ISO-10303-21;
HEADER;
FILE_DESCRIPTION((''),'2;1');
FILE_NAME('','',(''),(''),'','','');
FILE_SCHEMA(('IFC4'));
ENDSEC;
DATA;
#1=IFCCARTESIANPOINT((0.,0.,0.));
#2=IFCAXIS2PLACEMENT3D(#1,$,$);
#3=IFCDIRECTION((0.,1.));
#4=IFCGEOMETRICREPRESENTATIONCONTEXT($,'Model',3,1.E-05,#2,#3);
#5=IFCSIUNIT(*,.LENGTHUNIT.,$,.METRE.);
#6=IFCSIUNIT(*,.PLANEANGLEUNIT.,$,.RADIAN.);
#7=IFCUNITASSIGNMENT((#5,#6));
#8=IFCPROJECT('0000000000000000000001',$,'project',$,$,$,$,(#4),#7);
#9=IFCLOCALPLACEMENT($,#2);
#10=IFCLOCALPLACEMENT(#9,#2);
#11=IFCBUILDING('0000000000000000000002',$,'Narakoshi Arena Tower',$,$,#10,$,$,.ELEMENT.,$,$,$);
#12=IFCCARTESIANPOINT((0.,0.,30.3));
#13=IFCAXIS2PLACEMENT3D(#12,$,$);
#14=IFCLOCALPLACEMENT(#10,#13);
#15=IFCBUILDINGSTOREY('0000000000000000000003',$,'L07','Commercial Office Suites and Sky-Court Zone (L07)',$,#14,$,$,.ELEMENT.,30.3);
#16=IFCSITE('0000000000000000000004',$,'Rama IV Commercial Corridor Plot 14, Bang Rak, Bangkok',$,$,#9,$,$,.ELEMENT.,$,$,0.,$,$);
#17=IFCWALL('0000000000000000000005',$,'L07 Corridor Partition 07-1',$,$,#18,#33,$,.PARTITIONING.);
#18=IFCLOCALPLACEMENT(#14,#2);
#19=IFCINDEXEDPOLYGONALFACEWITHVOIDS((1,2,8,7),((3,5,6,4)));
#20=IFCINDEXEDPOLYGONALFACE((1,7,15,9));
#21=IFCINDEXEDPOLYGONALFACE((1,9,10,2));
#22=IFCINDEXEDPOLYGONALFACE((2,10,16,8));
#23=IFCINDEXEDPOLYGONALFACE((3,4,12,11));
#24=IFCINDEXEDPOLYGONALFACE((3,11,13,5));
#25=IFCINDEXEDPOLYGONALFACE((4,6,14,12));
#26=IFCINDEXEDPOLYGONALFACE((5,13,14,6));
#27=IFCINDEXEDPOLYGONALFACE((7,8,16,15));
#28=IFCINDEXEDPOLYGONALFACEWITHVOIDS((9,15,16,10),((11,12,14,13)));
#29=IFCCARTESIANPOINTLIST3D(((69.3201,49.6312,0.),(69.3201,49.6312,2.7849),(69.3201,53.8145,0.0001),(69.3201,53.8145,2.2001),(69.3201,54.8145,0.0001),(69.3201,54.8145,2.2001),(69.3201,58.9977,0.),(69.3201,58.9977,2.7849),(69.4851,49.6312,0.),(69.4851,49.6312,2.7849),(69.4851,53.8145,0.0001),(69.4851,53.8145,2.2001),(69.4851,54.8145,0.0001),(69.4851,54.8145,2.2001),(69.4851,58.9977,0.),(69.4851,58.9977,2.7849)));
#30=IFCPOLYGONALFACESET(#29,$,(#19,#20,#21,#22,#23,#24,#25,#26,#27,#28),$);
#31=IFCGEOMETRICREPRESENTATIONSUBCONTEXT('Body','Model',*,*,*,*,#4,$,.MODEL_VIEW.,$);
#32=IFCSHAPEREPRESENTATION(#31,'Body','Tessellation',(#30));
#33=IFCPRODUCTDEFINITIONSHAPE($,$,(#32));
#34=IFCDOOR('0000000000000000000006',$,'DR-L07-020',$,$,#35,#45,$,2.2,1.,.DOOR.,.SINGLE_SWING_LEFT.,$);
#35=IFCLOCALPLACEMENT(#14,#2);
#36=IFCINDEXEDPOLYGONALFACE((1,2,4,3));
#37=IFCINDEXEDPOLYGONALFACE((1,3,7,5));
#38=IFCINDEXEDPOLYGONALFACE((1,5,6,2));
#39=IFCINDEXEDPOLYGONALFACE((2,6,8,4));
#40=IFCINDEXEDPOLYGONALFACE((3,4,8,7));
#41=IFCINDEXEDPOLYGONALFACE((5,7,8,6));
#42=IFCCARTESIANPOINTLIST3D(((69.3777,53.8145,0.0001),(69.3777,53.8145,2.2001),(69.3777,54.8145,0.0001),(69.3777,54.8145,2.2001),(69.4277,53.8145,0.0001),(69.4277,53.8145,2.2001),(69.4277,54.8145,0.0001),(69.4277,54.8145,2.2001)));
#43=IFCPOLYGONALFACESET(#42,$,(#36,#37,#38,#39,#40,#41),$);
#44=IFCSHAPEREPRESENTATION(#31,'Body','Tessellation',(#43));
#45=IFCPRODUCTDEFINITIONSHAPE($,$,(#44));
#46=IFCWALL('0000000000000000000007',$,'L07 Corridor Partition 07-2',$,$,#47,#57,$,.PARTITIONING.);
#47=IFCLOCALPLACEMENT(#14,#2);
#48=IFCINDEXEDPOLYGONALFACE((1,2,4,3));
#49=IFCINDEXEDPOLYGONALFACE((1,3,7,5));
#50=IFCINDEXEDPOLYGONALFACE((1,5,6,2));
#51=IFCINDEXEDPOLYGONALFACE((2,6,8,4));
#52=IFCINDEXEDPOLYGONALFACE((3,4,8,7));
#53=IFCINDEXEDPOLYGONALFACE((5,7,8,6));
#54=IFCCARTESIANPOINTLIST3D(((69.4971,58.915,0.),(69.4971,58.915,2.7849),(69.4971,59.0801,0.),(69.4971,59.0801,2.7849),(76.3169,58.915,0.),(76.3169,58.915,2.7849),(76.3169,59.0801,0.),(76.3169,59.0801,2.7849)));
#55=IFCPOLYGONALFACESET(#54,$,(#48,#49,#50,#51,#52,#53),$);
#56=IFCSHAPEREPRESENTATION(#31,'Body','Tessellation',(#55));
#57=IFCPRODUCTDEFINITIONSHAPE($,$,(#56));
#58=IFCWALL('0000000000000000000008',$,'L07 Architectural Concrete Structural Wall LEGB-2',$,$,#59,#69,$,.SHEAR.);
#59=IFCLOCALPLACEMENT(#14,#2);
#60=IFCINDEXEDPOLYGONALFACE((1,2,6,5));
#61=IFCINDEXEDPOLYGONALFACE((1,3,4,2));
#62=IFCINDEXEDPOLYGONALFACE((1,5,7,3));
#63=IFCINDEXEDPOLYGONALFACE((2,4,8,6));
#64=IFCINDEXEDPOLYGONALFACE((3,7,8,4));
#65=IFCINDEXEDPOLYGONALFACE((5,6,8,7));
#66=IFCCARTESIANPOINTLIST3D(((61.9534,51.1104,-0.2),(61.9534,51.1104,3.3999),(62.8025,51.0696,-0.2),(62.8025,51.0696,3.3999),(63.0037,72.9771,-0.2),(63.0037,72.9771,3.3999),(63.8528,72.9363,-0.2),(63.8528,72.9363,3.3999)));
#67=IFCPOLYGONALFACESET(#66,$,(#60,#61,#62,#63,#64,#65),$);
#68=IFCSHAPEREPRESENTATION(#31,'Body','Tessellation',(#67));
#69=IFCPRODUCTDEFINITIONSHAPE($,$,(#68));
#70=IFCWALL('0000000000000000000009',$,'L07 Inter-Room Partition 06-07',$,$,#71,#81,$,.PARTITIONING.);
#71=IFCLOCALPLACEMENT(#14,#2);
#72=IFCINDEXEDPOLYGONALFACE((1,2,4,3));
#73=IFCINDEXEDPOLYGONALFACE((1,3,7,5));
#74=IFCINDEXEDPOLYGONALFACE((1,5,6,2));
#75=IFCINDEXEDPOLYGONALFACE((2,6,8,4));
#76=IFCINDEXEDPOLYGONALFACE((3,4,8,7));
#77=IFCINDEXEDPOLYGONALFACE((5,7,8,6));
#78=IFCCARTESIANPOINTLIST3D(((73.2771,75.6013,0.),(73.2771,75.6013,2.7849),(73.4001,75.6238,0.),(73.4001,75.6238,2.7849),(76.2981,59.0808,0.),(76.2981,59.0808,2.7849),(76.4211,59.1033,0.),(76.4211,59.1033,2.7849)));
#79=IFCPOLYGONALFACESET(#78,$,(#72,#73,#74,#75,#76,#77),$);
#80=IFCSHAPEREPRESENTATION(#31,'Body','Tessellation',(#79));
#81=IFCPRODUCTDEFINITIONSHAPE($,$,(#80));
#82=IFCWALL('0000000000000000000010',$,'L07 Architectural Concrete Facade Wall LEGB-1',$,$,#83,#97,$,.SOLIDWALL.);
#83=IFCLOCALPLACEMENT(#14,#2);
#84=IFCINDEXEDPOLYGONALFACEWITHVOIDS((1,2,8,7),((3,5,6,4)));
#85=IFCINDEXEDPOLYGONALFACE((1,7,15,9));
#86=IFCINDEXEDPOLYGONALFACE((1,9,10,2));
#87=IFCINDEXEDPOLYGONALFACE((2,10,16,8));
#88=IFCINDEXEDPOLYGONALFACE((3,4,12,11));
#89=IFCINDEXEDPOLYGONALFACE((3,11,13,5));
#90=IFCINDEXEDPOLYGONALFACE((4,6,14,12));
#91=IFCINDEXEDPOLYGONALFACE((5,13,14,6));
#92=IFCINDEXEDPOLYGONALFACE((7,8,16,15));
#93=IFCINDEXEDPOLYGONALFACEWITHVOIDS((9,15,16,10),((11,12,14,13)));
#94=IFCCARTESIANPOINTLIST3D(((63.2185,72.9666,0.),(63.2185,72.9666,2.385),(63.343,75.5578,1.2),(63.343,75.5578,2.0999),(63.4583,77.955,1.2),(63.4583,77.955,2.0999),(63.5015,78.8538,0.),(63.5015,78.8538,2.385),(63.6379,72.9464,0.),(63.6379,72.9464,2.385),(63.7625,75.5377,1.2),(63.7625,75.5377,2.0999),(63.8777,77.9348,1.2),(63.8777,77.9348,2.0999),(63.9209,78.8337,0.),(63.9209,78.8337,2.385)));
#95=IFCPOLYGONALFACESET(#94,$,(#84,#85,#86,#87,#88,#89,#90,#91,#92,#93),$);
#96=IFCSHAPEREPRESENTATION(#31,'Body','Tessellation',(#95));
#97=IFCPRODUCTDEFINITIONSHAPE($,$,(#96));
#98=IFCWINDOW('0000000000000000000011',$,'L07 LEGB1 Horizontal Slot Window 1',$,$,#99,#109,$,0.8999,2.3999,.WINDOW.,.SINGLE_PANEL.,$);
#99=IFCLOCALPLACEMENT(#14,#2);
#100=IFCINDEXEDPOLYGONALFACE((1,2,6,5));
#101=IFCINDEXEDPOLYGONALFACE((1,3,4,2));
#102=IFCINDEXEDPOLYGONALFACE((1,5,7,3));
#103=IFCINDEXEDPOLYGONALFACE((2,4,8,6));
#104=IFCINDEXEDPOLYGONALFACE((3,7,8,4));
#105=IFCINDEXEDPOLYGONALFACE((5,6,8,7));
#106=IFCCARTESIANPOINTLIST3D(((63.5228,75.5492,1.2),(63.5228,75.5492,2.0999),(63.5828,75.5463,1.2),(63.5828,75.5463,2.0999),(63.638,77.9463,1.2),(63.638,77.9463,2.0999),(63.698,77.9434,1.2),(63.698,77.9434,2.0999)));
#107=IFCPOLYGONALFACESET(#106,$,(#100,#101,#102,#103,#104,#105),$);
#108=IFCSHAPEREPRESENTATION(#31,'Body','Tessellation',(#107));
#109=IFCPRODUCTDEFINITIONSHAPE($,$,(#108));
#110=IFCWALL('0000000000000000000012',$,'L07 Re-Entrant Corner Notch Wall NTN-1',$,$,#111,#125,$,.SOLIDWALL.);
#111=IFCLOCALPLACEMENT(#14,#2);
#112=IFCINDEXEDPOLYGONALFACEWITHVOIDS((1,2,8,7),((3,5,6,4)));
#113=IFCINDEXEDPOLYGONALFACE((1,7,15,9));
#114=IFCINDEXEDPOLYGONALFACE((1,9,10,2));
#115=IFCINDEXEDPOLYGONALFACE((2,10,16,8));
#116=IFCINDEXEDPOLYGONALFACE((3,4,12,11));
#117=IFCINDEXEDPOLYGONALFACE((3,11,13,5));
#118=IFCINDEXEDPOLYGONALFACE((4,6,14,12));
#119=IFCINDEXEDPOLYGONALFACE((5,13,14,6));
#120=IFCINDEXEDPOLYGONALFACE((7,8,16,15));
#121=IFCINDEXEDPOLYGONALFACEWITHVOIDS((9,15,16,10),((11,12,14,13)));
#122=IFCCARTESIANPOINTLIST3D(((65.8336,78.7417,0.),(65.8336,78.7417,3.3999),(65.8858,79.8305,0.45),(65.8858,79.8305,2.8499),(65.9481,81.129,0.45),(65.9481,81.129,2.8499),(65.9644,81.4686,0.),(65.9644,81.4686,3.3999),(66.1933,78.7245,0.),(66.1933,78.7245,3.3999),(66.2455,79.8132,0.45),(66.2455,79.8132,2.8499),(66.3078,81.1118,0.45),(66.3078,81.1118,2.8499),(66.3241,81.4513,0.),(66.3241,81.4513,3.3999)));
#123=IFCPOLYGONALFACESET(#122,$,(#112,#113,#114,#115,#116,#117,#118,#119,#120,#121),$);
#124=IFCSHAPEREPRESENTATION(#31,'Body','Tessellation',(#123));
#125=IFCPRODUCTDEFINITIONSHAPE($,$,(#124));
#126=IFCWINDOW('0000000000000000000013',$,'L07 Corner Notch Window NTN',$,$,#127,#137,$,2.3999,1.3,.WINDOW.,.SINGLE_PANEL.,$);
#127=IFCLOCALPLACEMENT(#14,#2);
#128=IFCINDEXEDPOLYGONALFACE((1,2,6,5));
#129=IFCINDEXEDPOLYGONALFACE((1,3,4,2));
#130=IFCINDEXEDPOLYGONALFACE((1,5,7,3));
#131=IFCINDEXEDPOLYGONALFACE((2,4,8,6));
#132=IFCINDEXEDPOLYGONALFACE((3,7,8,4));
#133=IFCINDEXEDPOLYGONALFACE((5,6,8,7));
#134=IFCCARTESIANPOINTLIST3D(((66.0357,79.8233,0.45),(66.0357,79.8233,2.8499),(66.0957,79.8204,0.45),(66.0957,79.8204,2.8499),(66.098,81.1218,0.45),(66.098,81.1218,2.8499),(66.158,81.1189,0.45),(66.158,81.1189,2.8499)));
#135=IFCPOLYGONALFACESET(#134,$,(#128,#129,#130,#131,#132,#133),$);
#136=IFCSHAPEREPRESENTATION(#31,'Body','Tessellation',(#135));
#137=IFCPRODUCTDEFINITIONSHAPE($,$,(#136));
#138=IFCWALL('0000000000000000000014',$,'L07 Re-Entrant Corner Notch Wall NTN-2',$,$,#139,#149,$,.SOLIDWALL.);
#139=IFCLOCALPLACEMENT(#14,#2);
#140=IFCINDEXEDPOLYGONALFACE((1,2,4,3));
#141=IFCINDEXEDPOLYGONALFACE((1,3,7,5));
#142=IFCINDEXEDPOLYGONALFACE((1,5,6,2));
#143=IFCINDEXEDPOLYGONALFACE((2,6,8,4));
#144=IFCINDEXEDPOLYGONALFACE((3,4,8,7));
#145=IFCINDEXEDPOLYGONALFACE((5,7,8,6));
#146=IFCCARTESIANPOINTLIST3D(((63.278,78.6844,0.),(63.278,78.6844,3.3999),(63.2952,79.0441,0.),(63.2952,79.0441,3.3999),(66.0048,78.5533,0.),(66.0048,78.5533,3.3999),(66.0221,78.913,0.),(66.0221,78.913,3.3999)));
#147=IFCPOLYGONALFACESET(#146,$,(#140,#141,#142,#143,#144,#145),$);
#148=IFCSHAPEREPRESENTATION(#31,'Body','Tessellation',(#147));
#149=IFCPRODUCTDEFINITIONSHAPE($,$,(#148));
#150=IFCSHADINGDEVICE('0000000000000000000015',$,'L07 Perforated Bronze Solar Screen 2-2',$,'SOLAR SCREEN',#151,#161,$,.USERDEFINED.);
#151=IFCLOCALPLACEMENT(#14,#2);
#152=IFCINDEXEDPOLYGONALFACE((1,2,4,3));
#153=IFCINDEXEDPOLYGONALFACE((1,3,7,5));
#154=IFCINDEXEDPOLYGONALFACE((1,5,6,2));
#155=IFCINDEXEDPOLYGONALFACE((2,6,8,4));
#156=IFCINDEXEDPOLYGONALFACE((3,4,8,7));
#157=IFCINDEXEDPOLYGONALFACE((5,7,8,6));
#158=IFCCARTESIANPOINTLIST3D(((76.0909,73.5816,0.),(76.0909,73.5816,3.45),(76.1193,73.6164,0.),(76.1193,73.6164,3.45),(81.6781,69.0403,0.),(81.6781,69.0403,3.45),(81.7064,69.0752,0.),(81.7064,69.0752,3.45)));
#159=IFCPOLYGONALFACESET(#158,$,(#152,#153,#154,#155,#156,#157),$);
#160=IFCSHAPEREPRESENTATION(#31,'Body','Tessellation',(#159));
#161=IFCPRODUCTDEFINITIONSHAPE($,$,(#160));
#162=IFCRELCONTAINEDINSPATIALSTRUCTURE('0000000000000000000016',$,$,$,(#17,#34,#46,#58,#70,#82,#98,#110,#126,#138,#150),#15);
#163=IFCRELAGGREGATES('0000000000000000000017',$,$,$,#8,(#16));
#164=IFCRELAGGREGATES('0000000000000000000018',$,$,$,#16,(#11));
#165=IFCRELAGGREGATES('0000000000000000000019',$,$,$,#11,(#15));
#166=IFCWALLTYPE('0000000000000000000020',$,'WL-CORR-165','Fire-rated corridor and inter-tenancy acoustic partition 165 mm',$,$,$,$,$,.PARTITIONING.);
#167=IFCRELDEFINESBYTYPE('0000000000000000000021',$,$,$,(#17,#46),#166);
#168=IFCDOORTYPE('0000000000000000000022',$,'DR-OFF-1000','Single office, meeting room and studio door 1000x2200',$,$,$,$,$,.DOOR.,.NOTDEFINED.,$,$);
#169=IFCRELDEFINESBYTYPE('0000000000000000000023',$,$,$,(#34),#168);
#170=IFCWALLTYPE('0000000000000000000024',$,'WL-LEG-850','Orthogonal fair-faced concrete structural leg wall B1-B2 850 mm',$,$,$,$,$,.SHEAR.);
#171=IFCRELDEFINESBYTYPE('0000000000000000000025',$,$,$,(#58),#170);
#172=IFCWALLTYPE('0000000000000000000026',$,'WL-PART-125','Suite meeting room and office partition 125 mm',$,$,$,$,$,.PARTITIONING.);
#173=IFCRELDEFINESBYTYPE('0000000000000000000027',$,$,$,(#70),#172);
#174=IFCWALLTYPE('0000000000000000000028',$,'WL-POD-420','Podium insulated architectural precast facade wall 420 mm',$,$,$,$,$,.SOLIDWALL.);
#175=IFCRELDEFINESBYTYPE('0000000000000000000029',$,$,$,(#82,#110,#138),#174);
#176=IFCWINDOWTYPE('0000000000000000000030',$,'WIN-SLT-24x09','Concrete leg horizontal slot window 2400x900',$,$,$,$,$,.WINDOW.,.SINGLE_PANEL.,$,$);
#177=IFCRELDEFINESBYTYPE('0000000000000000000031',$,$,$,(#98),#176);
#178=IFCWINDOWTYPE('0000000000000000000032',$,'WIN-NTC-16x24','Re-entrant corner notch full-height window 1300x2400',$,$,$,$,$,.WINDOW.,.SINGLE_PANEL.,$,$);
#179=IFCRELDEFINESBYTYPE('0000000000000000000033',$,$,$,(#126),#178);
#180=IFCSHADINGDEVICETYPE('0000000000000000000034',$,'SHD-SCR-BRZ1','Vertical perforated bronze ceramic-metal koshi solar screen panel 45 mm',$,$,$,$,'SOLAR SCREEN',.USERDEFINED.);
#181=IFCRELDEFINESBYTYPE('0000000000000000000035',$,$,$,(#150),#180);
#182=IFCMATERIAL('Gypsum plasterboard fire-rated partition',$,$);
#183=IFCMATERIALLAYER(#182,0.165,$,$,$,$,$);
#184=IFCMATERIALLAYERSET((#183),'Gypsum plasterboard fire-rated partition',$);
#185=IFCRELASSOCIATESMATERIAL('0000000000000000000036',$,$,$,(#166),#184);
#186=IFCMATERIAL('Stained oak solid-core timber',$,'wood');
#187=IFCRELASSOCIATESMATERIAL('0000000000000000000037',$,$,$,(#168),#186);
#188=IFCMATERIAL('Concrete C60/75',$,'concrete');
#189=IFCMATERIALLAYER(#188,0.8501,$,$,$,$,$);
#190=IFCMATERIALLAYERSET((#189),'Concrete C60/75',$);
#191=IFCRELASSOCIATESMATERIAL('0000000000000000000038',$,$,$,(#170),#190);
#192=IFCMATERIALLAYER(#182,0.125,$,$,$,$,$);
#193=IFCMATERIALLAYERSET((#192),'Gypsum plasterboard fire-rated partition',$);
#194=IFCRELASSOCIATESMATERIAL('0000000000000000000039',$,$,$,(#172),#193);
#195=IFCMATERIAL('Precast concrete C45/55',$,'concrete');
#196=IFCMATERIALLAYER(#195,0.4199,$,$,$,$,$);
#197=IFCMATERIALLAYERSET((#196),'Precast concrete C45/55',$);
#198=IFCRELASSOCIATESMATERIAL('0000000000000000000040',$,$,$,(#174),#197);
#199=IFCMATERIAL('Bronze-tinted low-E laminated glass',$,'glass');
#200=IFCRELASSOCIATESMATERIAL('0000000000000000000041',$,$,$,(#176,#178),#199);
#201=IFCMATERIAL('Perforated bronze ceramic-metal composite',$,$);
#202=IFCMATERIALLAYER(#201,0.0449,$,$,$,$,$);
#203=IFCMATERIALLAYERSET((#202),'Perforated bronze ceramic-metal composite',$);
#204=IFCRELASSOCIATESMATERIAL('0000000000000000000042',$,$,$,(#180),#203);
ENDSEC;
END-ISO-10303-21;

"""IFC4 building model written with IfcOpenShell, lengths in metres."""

from ifc_helpers import new_model, si_unit, direction, frame, frame_2d, origin, origin_2d, place, context, subcontext, project, spatial, rectangle, extrude, material, layer, layer_set, type_object, element, fill, save


model = new_model("IFC4")

# Units and contexts
model_context = context("Model", 3, precision=1e-05, world=origin(), true_north=direction((0.0, 1.0)))
body_context = subcontext(model_context, "Body", "Model", "MODEL_VIEW")
ifc_project = project(units=[si_unit("LENGTHUNIT", "METRE"), si_unit("PLANEANGLEUNIT", "RADIAN")], contexts=[model_context])

# Site, building, storey
site_placement = place(None, origin())
site = spatial("IfcSite", under=ifc_project, at=site_placement, Name="Rama IV Commercial Corridor Plot 14, Bang Rak, Bangkok", CompositionType="ELEMENT", RefElevation=0.0)
building_placement = place(site_placement, origin())
building = spatial("IfcBuilding", under=site, at=building_placement, Name="Narakoshi Arena Tower", CompositionType="ELEMENT")
storey_placement = place(building_placement, frame((0.0, 0.0, 30.3)))
storey = spatial("IfcBuildingStorey", under=building, at=storey_placement, Name="L07", Description="Commercial Office Suites and Sky-Court Zone (L07)", CompositionType="ELEMENT", Elevation=30.3)

# Shared definitions
ifc_material_1 = material(Name="Concrete C60/75", Category="concrete")

# Shared definitions
ifc_material_2 = material(Name="Bronze-tinted low-E laminated glass", Category="glass")

# Wall, opening, door
ifc_material_3 = material(Name="Gypsum plasterboard fire-rated partition")
ifc_layer_1 = layer(ifc_material_3, 0.165)
ifc_layer_set_1 = layer_set([ifc_layer_1], Name="Gypsum plasterboard fire-rated partition")
wall_type_1 = type_object("IfcWallType", Name="WL-CORR-165", Description="Fire-rated corridor and inter-tenancy acoustic partition 165 mm", PredefinedType="PARTITIONING", material=ifc_layer_set_1)
wall_1_placement = place(storey_placement, frame((69.4026, 58.9976, 0.0), z_axis=(0.0, 0.0, 1.0), x_axis=(0.0, -1.0, 0.0)))
wall_1 = element("IfcWall", 1, at=wall_1_placement, inside=storey, type_object=wall_type_1, Name="L07 Corridor Partition 07-1", PredefinedType="PARTITIONING", context=body_context, shape_type="SweptSolid", body=[
    extrude(rectangle(XDim=9.3665, YDim=0.165, at=frame_2d((4.6831, 0.0))), origin(), (0.0, 0.0, 1.0), 2.7849),
])
opening_1_placement = place(wall_1_placement, frame((4.1831, 0.0, 0.0)))
opening_1 = element("IfcOpeningElement", 2, at=opening_1_placement, cuts=wall_1, PredefinedType="OPENING", context=body_context, shape_type="SweptSolid", body=[
    extrude(rectangle(XDim=1.0, YDim=2.2, at=frame_2d((0.5, 1.1001))), frame((0.0, 0.0925, 0.0), z_axis=(0.0, -1.0, 0.0), x_axis=(1.0, 0.0, 0.0)), (0.0, 0.0, 1.0), 0.1851),
])
ifc_material_4 = material(Name="Stained oak solid-core timber", Category="wood")
door_type = type_object("IfcDoorType", Name="DR-OFF-1000", Description="Single office, meeting room and studio door 1000x2200", OperationType="NOTDEFINED", PredefinedType="DOOR", material=ifc_material_4)
door_placement = place(opening_1_placement, frame((1.0, 0.0, 0.0), z_axis=(0.0, 0.0, 1.0), x_axis=(-1.0, 0.0, 0.0)))
door = element("IfcDoor", 3, at=door_placement, inside=storey, type_object=door_type, Name="DR-L07-020", OperationType="SINGLE_SWING_LEFT", OverallHeight=2.2, OverallWidth=1.0, PredefinedType="DOOR", context=body_context, shape_type="SweptSolid", body=[
    extrude(rectangle(XDim=1.0, YDim=2.2, at=frame_2d((0.5, 1.1001))), frame((0.0, 0.0249, 0.0), z_axis=(0.0, -1.0, 0.0), x_axis=(1.0, 0.0, 0.0)), (0.0, 0.0, 1.0), 0.05),
])
fill(opening_1, door)

# Walls
wall_2_placement = place(storey_placement, frame((76.3169, 58.9976, 0.0), z_axis=(0.0, 0.0, 1.0), x_axis=(-1.0, 0.0, 0.0)))
element("IfcWall", 4, at=wall_2_placement, inside=storey, type_object=wall_type_1, Name="L07 Corridor Partition 07-2", PredefinedType="PARTITIONING", context=body_context, shape_type="SweptSolid", body=[
    extrude(rectangle(XDim=6.8198, YDim=0.165, at=frame_2d((3.4099, 0.0))), origin(), (0.0, 0.0, 1.0), 2.7849),
])
ifc_layer_2 = layer(ifc_material_1, 0.8501)
ifc_layer_set_2 = layer_set([ifc_layer_2], Name="Concrete C60/75")
wall_type_2 = type_object("IfcWallType", Name="WL-LEG-850", Description="Orthogonal fair-faced concrete structural leg wall B1-B2 850 mm", PredefinedType="SHEAR", material=ifc_layer_set_2)
wall_3_placement = place(storey_placement, frame((63.4282, 72.9565, -0.2), z_axis=(0.0, 0.0, 1.0), x_axis=(-0.047976, -0.998848, 0.0)))
element("IfcWall", 5, at=wall_3_placement, inside=storey, type_object=wall_type_2, Name="L07 Architectural Concrete Structural Wall LEGB-2", PredefinedType="SHEAR", context=body_context, shape_type="SweptSolid", body=[
    extrude(rectangle(XDim=21.8918, YDim=0.8501, at=frame_2d((10.9458, 0.0))), origin(), (0.0, 0.0, 1.0), 3.5999),
])
ifc_layer_3 = layer(ifc_material_3, 0.125)
ifc_layer_set_3 = layer_set([ifc_layer_3], Name="Gypsum plasterboard fire-rated partition")
wall_type_3 = type_object("IfcWallType", Name="WL-PART-125", Description="Suite meeting room and office partition 125 mm", PredefinedType="PARTITIONING", material=ifc_layer_set_3)
wall_4_placement = place(storey_placement, frame((76.3596, 59.092, 0.0), z_axis=(0.0, 0.0, 1.0), x_axis=(-0.179881, 0.983688, 0.0)))
element("IfcWall", 6, at=wall_4_placement, inside=storey, type_object=wall_type_3, Name="L07 Inter-Room Partition 06-07", PredefinedType="PARTITIONING", context=body_context, shape_type="SweptSolid", body=[
    extrude(rectangle(XDim=16.7944, YDim=0.125, at=frame_2d((8.3972, 0.0))), origin(), (0.0, 0.0, 1.0), 2.7849),
])

# Walls, openings, windows
ifc_material_5 = material(Name="Precast concrete C45/55", Category="concrete")
ifc_layer_4 = layer(ifc_material_5, 0.4199)
ifc_layer_set_4 = layer_set([ifc_layer_4], Name="Precast concrete C45/55")
wall_type_4 = type_object("IfcWallType", Name="WL-POD-420", Description="Podium insulated architectural precast facade wall 420 mm", PredefinedType="SOLIDWALL", material=ifc_layer_set_4)
wall_5_placement = place(storey_placement, frame((63.7112, 78.8438, 0.0), z_axis=(0.0, 0.0, 1.0), x_axis=(-0.048008, -0.998847, 0.0)))
wall_5 = element("IfcWall", 7, at=wall_5_placement, inside=storey, type_object=wall_type_4, Name="L07 Architectural Concrete Facade Wall LEGB-1", PredefinedType="SOLIDWALL", context=body_context, shape_type="SweptSolid", body=[
    extrude(rectangle(XDim=5.894, YDim=0.4199, at=frame_2d((2.947, 0.0))), origin(), (0.0, 0.0, 1.0), 2.385),
])
opening_2_placement = place(wall_5_placement, frame((0.8999, 0.0, 1.2)))
opening_2 = element("IfcOpeningElement", 8, at=opening_2_placement, cuts=wall_5, PredefinedType="OPENING", context=body_context, shape_type="SweptSolid", body=[
    extrude(rectangle(XDim=2.3999, YDim=0.8999, at=frame_2d((1.2, 0.45))), frame((0.0, 0.22, 0.0), z_axis=(0.0, -1.0, 0.0), x_axis=(1.0, 0.0, 0.0)), (0.0, 0.0, 1.0), 0.4399),
])
window_type_1 = type_object("IfcWindowType", Name="WIN-SLT-24x09", Description="Concrete leg horizontal slot window 2400x900", PartitioningType="SINGLE_PANEL", PredefinedType="WINDOW", material=ifc_material_2)
window_1_placement = place(opening_2_placement, origin())
window_1 = element("IfcWindow", 9, at=window_1_placement, inside=storey, type_object=window_type_1, Name="L07 LEGB1 Horizontal Slot Window 1", OverallHeight=0.8999, OverallWidth=2.3999, PartitioningType="SINGLE_PANEL", PredefinedType="WINDOW", context=body_context, shape_type="SweptSolid", body=[
    extrude(rectangle(XDim=2.3999, YDim=0.8999, at=frame_2d((1.2, 0.45))), frame((0.0, 0.03, 0.0), z_axis=(0.0, -1.0, 0.0), x_axis=(1.0, 0.0, 0.0)), (0.0, 0.0, 1.0), 0.0601),
])
fill(opening_2, window_1)
wall_6_placement = place(storey_placement, frame((66.1443, 81.46, 0.0), z_axis=(0.0, 0.0, 1.0), x_axis=(-0.047935, -0.99885, 0.0)))
wall_6 = element("IfcWall", 10, at=wall_6_placement, inside=storey, type_object=wall_type_4, Name="L07 Re-Entrant Corner Notch Wall NTN-1", PredefinedType="SOLIDWALL", context=body_context, shape_type="SweptSolid", body=[
    extrude(rectangle(XDim=2.73, YDim=0.3601, at=frame_2d((1.365, 0.0))), origin(), (0.0, 0.0, 1.0), 3.3999),
])
opening_3_placement = place(wall_6_placement, frame((0.3401, 0.0, 0.45)))
opening_3 = element("IfcOpeningElement", 11, at=opening_3_placement, cuts=wall_6, PredefinedType="OPENING", context=body_context, shape_type="SweptSolid", body=[
    extrude(rectangle(XDim=1.3, YDim=2.3999, at=frame_2d((0.6499, 1.2))), frame((0.0, 0.1899, 0.0), z_axis=(0.0, -1.0, 0.0), x_axis=(1.0, 0.0, 0.0)), (0.0, 0.0, 1.0), 0.3801),
])
window_type_2 = type_object("IfcWindowType", Name="WIN-NTC-16x24", Description="Re-entrant corner notch full-height window 1300x2400", PartitioningType="SINGLE_PANEL", PredefinedType="WINDOW", material=ifc_material_2)
window_2_placement = place(opening_3_placement, origin())
window_2 = element("IfcWindow", 12, at=window_2_placement, inside=storey, type_object=window_type_2, Name="L07 Corner Notch Window NTN", OverallHeight=2.3999, OverallWidth=1.3, PartitioningType="SINGLE_PANEL", PredefinedType="WINDOW", context=body_context, shape_type="SweptSolid", body=[
    extrude(rectangle(XDim=1.3, YDim=2.3999, at=frame_2d((0.6499, 1.2))), frame((0.0, 0.03, 0.0), z_axis=(0.0, -1.0, 0.0), x_axis=(1.0, 0.0, 0.0)), (0.0, 0.0, 1.0), 0.0601),
])
fill(opening_3, window_2)

# Wall
wall_7_placement = place(storey_placement, frame((66.0134, 78.7332, 0.0), z_axis=(0.0, 0.0, 1.0), x_axis=(-0.998846, 0.048024, 0.0)))
element("IfcWall", 13, at=wall_7_placement, inside=storey, type_object=wall_type_4, Name="L07 Re-Entrant Corner Notch Wall NTN-2", PredefinedType="SOLIDWALL", context=body_context, shape_type="SweptSolid", body=[
    extrude(rectangle(XDim=2.73, YDim=0.3601, at=frame_2d((1.365, 0.0))), origin(), (0.0, 0.0, 1.0), 3.3999),
])

# Shading device
ifc_material_6 = material(Name="Perforated bronze ceramic-metal composite")
ifc_layer_5 = layer(ifc_material_6, 0.0449)
ifc_layer_set_5 = layer_set([ifc_layer_5], Name="Perforated bronze ceramic-metal composite")
shading_device_type = type_object("IfcShadingDeviceType", Name="SHD-SCR-BRZ1", Description="Vertical perforated bronze ceramic-metal koshi solar screen panel 45 mm", ElementType="SOLAR SCREEN", PredefinedType="USERDEFINED", material=ifc_layer_set_5)
shading_device_placement = place(storey_placement, frame((78.8987, 71.3284, 0.0), z_axis=(0.0, 0.0, 1.0), x_axis=(-0.776002, 0.63073, 0.0)))
element("IfcShadingDevice", 14, at=shading_device_placement, inside=storey, type_object=shading_device_type, Name="L07 Perforated Bronze Solar Screen 2-2", ObjectType="SOLAR SCREEN", PredefinedType="USERDEFINED", context=body_context, shape_type="SweptSolid", body=[
    extrude(rectangle(XDim=7.2, YDim=0.0449, at=origin_2d()), origin(), (0.0, 0.0, 1.0), 3.45),
])

save(model, "model.ifc")
